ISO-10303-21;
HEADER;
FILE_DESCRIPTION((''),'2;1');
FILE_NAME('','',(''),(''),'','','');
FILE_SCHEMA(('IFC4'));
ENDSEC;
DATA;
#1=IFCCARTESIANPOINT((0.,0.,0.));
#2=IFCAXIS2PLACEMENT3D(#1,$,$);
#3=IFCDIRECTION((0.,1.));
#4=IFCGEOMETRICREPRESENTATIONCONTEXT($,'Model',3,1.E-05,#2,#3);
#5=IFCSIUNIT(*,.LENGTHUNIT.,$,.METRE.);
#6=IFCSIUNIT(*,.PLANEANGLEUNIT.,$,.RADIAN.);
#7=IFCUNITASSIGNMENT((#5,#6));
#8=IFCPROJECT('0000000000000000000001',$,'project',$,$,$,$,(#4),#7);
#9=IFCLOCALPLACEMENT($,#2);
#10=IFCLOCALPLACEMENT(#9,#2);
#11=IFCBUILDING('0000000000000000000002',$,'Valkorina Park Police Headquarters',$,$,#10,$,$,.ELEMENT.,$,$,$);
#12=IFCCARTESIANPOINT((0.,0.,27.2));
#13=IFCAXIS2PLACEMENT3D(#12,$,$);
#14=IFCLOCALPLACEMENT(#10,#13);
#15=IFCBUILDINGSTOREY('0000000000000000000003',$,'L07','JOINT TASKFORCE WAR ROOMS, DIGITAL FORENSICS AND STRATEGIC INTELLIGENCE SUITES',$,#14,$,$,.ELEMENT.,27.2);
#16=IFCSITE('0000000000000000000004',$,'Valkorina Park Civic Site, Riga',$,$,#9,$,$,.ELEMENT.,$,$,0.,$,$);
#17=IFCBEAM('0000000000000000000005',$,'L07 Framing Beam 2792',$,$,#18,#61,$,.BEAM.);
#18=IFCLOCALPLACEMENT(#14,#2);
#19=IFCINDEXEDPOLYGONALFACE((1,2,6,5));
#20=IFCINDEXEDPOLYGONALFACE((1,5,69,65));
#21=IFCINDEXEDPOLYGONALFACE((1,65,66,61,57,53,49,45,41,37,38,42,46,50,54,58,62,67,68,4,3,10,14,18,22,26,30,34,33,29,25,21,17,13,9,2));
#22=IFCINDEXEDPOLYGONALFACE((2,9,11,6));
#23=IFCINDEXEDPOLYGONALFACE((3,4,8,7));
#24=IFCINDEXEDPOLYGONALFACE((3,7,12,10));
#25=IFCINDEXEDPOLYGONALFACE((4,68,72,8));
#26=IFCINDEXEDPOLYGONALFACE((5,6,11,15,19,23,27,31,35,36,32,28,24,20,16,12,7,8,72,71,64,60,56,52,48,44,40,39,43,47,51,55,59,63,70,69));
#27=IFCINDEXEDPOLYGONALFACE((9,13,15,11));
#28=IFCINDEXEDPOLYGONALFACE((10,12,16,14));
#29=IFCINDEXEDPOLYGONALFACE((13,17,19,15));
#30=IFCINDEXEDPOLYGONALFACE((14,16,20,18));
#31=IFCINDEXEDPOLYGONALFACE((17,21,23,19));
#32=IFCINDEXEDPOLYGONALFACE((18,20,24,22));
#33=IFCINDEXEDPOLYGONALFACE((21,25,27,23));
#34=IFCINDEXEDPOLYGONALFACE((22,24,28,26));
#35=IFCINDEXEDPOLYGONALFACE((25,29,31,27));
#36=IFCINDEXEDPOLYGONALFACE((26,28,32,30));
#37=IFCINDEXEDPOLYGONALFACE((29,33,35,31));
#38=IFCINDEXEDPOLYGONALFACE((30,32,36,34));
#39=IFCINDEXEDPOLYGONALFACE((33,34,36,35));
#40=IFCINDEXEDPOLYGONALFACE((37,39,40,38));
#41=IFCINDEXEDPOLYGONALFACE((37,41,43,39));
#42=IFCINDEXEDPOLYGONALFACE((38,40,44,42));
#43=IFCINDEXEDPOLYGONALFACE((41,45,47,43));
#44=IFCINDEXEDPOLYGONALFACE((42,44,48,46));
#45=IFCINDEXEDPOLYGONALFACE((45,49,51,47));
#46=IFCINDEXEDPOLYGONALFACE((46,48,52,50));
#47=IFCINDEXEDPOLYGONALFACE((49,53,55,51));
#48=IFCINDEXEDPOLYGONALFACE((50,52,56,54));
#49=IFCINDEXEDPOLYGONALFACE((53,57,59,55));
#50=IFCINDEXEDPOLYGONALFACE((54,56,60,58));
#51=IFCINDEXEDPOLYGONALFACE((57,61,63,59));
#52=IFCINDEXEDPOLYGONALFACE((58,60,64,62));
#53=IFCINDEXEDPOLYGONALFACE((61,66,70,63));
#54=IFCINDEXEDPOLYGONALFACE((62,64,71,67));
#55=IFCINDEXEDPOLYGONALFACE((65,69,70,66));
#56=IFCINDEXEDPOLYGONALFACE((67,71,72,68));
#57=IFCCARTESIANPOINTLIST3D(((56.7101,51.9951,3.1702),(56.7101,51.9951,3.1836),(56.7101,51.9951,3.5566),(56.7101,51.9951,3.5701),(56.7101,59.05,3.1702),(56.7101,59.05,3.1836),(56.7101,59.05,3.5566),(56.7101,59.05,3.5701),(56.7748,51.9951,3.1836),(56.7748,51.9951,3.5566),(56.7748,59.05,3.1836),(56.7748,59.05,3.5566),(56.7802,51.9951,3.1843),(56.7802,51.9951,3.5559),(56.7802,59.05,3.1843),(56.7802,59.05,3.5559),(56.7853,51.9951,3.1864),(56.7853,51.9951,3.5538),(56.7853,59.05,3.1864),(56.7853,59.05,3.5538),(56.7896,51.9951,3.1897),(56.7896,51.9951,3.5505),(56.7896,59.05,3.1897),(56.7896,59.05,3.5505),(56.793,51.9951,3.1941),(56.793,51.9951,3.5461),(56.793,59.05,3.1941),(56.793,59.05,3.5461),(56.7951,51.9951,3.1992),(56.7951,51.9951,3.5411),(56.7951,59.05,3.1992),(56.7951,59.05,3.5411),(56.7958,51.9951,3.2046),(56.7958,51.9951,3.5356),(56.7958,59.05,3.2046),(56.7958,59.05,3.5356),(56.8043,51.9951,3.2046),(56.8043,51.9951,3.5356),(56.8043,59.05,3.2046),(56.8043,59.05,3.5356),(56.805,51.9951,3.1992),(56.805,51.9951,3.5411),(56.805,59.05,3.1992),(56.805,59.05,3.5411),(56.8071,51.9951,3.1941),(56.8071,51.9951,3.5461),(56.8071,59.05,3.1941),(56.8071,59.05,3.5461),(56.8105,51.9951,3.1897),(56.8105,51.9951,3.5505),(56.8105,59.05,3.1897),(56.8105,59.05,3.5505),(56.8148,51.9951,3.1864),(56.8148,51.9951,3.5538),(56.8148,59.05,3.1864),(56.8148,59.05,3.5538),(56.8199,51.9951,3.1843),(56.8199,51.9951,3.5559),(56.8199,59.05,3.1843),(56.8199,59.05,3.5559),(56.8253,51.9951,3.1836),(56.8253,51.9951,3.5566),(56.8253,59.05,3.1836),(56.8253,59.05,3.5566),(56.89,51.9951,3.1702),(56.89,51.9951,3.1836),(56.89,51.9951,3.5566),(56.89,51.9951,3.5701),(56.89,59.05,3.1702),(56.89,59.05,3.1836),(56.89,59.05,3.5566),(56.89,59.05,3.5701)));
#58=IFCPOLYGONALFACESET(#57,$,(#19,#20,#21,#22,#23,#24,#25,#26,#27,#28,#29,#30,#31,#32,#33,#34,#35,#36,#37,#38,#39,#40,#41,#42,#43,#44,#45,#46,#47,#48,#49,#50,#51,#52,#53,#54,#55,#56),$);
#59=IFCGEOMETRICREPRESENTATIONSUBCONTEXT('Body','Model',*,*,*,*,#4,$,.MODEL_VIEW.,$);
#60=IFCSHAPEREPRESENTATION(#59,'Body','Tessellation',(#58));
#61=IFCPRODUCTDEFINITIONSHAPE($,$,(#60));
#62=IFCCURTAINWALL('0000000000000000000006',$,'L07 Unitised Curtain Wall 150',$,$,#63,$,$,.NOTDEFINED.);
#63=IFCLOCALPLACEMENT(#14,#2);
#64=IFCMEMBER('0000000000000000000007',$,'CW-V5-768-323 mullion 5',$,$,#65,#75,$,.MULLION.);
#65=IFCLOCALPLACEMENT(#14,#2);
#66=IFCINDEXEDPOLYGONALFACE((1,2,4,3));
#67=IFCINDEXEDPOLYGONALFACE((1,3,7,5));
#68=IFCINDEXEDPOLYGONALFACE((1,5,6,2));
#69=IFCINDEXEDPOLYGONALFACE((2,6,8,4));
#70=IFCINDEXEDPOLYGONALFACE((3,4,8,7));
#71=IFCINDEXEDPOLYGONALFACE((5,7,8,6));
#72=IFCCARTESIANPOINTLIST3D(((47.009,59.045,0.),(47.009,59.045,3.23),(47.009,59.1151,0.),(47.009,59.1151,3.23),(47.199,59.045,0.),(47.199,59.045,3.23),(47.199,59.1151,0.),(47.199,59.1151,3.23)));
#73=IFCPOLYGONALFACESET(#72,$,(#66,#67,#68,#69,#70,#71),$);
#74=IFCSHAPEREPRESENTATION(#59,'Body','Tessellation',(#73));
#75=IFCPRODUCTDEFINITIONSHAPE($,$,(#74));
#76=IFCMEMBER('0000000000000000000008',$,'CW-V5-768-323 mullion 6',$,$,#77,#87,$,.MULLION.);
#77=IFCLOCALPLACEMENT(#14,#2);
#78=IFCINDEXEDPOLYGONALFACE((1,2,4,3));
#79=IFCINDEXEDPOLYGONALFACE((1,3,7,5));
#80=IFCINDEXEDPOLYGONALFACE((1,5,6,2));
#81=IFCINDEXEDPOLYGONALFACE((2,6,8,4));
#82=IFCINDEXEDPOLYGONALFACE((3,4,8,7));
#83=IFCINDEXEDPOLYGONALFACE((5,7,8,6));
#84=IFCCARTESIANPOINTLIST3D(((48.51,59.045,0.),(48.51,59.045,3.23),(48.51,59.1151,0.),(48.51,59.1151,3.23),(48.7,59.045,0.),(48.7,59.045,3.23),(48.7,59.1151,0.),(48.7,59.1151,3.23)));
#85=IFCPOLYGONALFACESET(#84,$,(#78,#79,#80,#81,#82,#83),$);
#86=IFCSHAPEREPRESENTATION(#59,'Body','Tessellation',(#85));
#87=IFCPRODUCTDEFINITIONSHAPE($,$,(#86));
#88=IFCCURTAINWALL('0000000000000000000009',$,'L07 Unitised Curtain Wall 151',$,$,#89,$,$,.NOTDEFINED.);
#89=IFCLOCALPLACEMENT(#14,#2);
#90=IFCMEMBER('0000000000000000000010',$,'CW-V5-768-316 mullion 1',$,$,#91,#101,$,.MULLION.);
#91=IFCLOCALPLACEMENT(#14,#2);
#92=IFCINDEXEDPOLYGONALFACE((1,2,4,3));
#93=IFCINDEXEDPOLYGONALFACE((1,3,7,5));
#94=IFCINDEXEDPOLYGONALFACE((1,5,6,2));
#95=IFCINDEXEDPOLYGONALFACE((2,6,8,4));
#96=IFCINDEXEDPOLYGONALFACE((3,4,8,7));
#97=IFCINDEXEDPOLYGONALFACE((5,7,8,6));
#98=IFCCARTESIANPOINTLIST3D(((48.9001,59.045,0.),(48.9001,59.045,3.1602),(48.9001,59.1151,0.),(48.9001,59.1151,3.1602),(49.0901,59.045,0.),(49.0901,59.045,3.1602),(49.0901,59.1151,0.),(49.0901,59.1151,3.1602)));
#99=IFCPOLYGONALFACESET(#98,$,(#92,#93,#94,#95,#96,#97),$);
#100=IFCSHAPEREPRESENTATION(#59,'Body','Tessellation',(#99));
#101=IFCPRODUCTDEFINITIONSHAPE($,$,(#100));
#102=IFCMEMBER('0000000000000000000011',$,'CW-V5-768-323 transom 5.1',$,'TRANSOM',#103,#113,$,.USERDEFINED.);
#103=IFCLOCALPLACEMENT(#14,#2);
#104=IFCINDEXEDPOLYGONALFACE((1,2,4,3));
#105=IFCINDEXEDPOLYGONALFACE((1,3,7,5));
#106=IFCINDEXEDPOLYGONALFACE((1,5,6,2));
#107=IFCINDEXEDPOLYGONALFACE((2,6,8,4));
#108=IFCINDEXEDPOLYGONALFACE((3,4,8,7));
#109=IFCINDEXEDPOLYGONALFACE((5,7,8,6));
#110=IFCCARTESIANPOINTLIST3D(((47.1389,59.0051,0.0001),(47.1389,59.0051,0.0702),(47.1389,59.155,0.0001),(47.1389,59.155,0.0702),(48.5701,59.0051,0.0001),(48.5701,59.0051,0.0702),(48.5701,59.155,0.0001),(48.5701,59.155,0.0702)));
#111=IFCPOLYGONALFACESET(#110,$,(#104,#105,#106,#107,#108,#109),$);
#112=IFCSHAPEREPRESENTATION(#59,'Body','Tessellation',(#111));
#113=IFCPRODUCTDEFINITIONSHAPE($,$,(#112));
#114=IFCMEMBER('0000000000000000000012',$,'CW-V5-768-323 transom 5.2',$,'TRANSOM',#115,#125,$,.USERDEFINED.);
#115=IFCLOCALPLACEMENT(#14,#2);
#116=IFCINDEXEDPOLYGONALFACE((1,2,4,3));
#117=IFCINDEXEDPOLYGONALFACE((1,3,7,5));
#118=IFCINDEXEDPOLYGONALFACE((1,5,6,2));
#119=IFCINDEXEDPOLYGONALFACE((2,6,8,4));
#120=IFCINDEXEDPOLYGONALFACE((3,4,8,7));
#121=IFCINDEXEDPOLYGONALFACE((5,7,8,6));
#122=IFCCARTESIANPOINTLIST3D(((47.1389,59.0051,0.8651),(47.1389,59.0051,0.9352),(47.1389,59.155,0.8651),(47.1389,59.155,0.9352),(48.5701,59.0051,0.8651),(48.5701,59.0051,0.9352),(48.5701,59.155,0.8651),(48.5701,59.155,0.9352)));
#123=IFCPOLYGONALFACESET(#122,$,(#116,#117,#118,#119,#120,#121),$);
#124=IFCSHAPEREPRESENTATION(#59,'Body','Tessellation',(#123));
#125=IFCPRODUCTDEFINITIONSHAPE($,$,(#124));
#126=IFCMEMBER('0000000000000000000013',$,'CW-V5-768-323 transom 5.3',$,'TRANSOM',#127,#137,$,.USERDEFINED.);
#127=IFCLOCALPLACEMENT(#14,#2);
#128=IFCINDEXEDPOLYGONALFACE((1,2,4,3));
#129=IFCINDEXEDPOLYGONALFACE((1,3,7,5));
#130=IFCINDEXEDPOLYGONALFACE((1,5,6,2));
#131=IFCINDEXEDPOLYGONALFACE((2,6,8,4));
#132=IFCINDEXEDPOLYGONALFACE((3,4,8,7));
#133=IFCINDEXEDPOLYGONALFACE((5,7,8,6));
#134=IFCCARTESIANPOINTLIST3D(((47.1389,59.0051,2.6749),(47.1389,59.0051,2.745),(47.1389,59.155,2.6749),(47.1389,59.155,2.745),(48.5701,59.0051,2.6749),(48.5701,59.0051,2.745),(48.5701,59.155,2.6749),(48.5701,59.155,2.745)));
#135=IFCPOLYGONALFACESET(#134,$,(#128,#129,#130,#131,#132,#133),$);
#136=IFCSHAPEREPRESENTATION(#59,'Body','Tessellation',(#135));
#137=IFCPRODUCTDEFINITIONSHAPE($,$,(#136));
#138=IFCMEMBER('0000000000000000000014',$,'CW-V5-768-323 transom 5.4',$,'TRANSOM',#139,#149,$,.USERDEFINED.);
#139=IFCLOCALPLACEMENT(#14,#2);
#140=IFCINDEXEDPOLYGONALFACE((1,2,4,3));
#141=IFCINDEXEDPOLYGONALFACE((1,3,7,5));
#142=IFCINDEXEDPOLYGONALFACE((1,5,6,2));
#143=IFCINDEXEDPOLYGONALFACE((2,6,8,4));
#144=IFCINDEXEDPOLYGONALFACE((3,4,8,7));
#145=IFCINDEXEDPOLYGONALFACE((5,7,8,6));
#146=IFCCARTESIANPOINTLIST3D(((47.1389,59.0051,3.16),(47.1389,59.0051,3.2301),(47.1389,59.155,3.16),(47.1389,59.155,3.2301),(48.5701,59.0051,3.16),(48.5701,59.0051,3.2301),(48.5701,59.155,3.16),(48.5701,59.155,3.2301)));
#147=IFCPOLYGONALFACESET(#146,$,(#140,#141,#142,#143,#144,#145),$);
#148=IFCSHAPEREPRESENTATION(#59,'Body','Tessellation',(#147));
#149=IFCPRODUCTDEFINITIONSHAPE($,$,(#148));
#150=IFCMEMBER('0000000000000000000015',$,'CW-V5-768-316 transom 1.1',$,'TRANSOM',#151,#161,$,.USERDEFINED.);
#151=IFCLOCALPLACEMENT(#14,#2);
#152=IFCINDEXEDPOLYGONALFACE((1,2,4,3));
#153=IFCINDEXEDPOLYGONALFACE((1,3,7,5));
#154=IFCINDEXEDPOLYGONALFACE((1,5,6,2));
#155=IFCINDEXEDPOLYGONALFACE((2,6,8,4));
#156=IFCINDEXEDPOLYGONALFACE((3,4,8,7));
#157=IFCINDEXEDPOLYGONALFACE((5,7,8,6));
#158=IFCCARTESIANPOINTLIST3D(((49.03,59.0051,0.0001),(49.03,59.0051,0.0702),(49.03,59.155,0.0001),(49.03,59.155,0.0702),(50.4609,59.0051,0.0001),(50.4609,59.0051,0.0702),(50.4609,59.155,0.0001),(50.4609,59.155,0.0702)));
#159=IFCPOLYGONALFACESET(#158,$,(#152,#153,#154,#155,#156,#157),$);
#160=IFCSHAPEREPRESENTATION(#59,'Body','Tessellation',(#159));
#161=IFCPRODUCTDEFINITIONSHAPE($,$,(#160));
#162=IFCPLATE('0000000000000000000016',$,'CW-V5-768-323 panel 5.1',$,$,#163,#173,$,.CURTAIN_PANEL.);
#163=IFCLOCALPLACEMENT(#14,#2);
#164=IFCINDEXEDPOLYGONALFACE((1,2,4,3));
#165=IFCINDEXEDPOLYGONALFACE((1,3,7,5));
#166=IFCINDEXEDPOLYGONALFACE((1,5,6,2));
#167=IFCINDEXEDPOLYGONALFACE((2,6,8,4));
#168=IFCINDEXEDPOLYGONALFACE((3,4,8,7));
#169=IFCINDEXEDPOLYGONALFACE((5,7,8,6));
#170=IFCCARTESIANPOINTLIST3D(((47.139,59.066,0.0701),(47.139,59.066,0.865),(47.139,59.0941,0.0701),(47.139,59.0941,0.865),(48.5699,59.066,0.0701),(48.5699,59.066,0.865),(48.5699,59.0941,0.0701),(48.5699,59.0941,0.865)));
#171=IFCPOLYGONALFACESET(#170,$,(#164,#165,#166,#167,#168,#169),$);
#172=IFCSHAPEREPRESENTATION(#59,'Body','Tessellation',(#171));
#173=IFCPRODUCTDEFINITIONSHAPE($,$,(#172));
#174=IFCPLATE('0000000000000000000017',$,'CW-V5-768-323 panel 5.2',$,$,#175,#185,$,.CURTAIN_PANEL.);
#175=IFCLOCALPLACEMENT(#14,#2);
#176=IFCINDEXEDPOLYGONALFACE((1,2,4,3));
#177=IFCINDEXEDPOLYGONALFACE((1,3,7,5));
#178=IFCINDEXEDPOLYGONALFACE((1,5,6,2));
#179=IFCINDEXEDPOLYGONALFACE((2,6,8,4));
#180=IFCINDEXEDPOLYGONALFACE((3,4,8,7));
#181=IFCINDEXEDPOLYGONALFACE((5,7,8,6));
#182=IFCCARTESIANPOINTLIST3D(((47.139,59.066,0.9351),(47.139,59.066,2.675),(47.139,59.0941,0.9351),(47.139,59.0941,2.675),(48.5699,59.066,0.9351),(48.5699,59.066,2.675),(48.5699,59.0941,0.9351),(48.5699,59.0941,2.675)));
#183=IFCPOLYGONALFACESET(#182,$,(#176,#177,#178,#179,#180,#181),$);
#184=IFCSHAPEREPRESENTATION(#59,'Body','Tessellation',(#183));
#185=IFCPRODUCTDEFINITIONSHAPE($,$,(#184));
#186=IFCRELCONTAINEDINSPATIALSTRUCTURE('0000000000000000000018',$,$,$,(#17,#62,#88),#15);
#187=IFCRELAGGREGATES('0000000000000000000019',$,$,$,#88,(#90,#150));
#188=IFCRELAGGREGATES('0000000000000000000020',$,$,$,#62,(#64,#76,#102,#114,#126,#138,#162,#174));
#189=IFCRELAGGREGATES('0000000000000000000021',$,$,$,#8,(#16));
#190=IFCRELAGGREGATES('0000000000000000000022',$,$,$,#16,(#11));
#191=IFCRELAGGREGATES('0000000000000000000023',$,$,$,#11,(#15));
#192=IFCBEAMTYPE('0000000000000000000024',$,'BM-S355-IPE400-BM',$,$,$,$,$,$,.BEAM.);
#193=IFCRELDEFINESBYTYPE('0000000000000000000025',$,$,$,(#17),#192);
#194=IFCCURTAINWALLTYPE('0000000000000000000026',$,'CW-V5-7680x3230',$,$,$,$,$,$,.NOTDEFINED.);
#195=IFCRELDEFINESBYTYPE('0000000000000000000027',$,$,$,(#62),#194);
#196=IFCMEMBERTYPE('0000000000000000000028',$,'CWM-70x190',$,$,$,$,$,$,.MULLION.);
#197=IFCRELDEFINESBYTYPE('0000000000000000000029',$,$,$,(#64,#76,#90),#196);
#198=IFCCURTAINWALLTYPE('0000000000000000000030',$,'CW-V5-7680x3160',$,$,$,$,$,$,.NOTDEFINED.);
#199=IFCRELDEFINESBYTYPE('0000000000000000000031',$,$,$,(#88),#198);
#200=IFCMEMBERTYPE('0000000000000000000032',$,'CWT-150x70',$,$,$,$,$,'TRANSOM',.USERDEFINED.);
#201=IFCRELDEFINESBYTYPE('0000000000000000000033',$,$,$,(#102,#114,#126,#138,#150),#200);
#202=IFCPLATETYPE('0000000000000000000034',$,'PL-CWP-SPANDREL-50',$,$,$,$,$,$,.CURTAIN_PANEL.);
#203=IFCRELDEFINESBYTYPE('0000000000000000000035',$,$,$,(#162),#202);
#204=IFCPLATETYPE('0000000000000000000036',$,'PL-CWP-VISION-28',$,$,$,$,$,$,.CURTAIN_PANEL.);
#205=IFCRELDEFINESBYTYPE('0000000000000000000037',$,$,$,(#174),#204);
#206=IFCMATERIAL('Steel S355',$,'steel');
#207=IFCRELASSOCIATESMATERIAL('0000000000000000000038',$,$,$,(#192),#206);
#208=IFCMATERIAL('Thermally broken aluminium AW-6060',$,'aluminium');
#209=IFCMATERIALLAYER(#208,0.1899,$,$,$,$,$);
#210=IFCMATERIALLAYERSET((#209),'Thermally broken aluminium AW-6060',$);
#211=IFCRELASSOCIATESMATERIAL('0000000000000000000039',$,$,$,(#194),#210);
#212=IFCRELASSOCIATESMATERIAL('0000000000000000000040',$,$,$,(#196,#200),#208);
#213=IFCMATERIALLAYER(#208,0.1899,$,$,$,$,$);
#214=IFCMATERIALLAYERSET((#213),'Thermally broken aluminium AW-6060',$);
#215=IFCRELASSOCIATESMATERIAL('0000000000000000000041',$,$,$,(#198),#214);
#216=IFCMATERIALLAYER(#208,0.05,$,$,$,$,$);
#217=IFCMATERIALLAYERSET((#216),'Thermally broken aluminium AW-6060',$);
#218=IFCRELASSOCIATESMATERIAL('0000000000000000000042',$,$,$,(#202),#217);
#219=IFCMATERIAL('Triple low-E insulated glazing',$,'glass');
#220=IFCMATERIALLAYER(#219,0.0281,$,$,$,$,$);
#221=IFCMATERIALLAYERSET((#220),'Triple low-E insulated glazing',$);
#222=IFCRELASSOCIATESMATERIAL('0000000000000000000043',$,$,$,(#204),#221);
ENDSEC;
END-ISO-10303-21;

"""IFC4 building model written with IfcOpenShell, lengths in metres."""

from ifc_helpers import new_model, si_unit, direction, frame, origin, origin_2d, place, context, subcontext, project, spatial, rectangle, i_section, extrude, material, layer, layer_set, material_profile, profile_set, type_object, element, aggregate, save


model = new_model("IFC4")

# Units and contexts
model_context = context("Model", 3, precision=1e-05, world=origin(), true_north=direction((0.0, 1.0)))
body_context = subcontext(model_context, "Body", "Model", "MODEL_VIEW")
ifc_project = project(units=[si_unit("LENGTHUNIT", "METRE"), si_unit("PLANEANGLEUNIT", "RADIAN")], contexts=[model_context])

# Site, building, storey
site_placement = place(None, origin())
site = spatial("IfcSite", under=ifc_project, at=site_placement, Name="Valkorina Park Civic Site, Riga", CompositionType="ELEMENT", RefElevation=0.0)
building_placement = place(site_placement, origin())
building = spatial("IfcBuilding", under=site, at=building_placement, Name="Valkorina Park Police Headquarters", CompositionType="ELEMENT")
storey_placement = place(building_placement, frame((0.0, 0.0, 27.2)))
storey = spatial("IfcBuildingStorey", under=building, at=storey_placement, Name="L07", Description="JOINT TASKFORCE WAR ROOMS, DIGITAL FORENSICS AND STRATEGIC INTELLIGENCE SUITES", CompositionType="ELEMENT", Elevation=27.2)

# Shared definitions
ifc_material_1 = material(Name="Steel S355", Category="steel")

# Beam
ifc_material_profile_1 = material_profile(ifc_material_1, i_section(OverallWidth=0.1799, OverallDepth=0.3999, WebThickness=0.0085, FlangeThickness=0.0134, FilletRadius=0.021, at=origin_2d()), Name="IPE 400")
ifc_profile_set_1 = profile_set([ifc_material_profile_1], Name="Steel S355")
beam_type_1 = type_object("IfcBeamType", Name="BM-S355-IPE400-BM", PredefinedType="BEAM", material=ifc_profile_set_1)
beam_1_placement = place(storey_placement, frame((56.8, 51.9951, 3.3701), z_axis=(0.0, 1.0, 0.0), x_axis=(-1.0, 0.0, 0.0)))
element("IfcBeam", 1, at=beam_1_placement, inside=storey, type_object=beam_type_1, Name="L07 Framing Beam 2792", PredefinedType="BEAM", context=body_context, shape_type="SweptSolid", body=[
    extrude(i_section(OverallWidth=0.1799, OverallDepth=0.3999, WebThickness=0.0085, FlangeThickness=0.0134, FilletRadius=0.021, at=origin_2d()), origin(), (0.0, 0.0, 1.0), 7.0549),
])

# Curtain wall, members
ifc_material_2 = material(Name="Thermally broken aluminium AW-6060", Category="aluminium")
ifc_layer_1 = layer(ifc_material_2, 0.1899)
ifc_layer_set_1 = layer_set([ifc_layer_1], Name="Thermally broken aluminium AW-6060")
curtain_wall_type_1 = type_object("IfcCurtainWallType", Name="CW-V5-7680x3230", PredefinedType="NOTDEFINED", material=ifc_layer_set_1)
curtain_wall_1_placement = place(storey_placement, origin())
curtain_wall_1 = element("IfcCurtainWall", 2, at=curtain_wall_1_placement, inside=storey, type_object=curtain_wall_type_1, Name="L07 Unitised Curtain Wall 150", PredefinedType="NOTDEFINED")
ifc_material_profile_2 = material_profile(ifc_material_2, rectangle(XDim=0.0701, YDim=0.1899, at=origin_2d()), Name="CWM-02 70x190")
ifc_profile_set_2 = profile_set([ifc_material_profile_2], Name="Thermally broken aluminium AW-6060")
member_type_1 = type_object("IfcMemberType", Name="CWM-70x190", PredefinedType="MULLION", material=ifc_profile_set_2)
member_1_placement = place(storey_placement, frame((47.104, 59.0801, 0.0), z_axis=(0.0, 0.0, 1.0), x_axis=(0.0, 1.0, 0.0)))
member_1 = element("IfcMember", 3, at=member_1_placement, type_object=member_type_1, Name="CW-V5-768-323 mullion 5", PredefinedType="MULLION", context=body_context, shape_type="SweptSolid", body=[
    extrude(rectangle(XDim=0.0701, YDim=0.1899, at=origin_2d()), origin(), (0.0, 0.0, 1.0), 3.23),
])
member_2_placement = place(storey_placement, frame((48.605, 59.0801, 0.0), z_axis=(0.0, 0.0, 1.0), x_axis=(0.0, 1.0, 0.0)))
member_2 = element("IfcMember", 4, at=member_2_placement, type_object=member_type_1, Name="CW-V5-768-323 mullion 6", PredefinedType="MULLION", context=body_context, shape_type="SweptSolid", body=[
    extrude(rectangle(XDim=0.0701, YDim=0.1899, at=origin_2d()), origin(), (0.0, 0.0, 1.0), 3.23),
])

# Curtain wall, member
ifc_layer_2 = layer(ifc_material_2, 0.1899)
ifc_layer_set_2 = layer_set([ifc_layer_2], Name="Thermally broken aluminium AW-6060")
curtain_wall_type_2 = type_object("IfcCurtainWallType", Name="CW-V5-7680x3160", PredefinedType="NOTDEFINED", material=ifc_layer_set_2)
curtain_wall_2_placement = place(storey_placement, origin())
curtain_wall_2 = element("IfcCurtainWall", 5, at=curtain_wall_2_placement, inside=storey, type_object=curtain_wall_type_2, Name="L07 Unitised Curtain Wall 151", PredefinedType="NOTDEFINED")
member_3_placement = place(storey_placement, frame((48.9951, 59.0801, 0.0), z_axis=(0.0, 0.0, 1.0), x_axis=(0.0, 1.0, 0.0)))
member_3 = element("IfcMember", 6, at=member_3_placement, type_object=member_type_1, Name="CW-V5-768-316 mullion 1", PredefinedType="MULLION", context=body_context, shape_type="SweptSolid", body=[
    extrude(rectangle(XDim=0.0701, YDim=0.1899, at=origin_2d()), origin(), (0.0, 0.0, 1.0), 3.1602),
])

# Members
ifc_material_profile_3 = material_profile(ifc_material_2, rectangle(XDim=0.1499, YDim=0.0701, at=origin_2d()), Name="CWT-02 150x70")
ifc_profile_set_3 = profile_set([ifc_material_profile_3], Name="Thermally broken aluminium AW-6060")
member_type_2 = type_object("IfcMemberType", Name="CWT-150x70", ElementType="TRANSOM", PredefinedType="USERDEFINED", material=ifc_profile_set_3)
member_4_placement = place(storey_placement, frame((47.1389, 59.0801, 0.0352), z_axis=(1.0, 0.0, 0.0), x_axis=(0.0, 1.0, 0.0)))
member_4 = element("IfcMember", 7, at=member_4_placement, type_object=member_type_2, Name="CW-V5-768-323 transom 5.1", ObjectType="TRANSOM", PredefinedType="USERDEFINED", context=body_context, shape_type="SweptSolid", body=[
    extrude(rectangle(XDim=0.1499, YDim=0.0701, at=origin_2d()), origin(), (0.0, 0.0, 1.0), 1.4312),
])
member_5_placement = place(storey_placement, frame((47.1389, 59.0801, 0.9001), z_axis=(1.0, 0.0, 0.0), x_axis=(0.0, 1.0, 0.0)))
member_5 = element("IfcMember", 8, at=member_5_placement, type_object=member_type_2, Name="CW-V5-768-323 transom 5.2", ObjectType="TRANSOM", PredefinedType="USERDEFINED", context=body_context, shape_type="SweptSolid", body=[
    extrude(rectangle(XDim=0.1499, YDim=0.0701, at=origin_2d()), origin(), (0.0, 0.0, 1.0), 1.4312),
])
member_6_placement = place(storey_placement, frame((47.1389, 59.0801, 2.71), z_axis=(1.0, 0.0, 0.0), x_axis=(0.0, 1.0, 0.0)))
member_6 = element("IfcMember", 9, at=member_6_placement, type_object=member_type_2, Name="CW-V5-768-323 transom 5.3", ObjectType="TRANSOM", PredefinedType="USERDEFINED", context=body_context, shape_type="SweptSolid", body=[
    extrude(rectangle(XDim=0.1499, YDim=0.0701, at=origin_2d()), origin(), (0.0, 0.0, 1.0), 1.4312),
])
member_7_placement = place(storey_placement, frame((47.1389, 59.0801, 3.1951), z_axis=(1.0, 0.0, 0.0), x_axis=(0.0, 1.0, 0.0)))
member_7 = element("IfcMember", 10, at=member_7_placement, type_object=member_type_2, Name="CW-V5-768-323 transom 5.4", ObjectType="TRANSOM", PredefinedType="USERDEFINED", context=body_context, shape_type="SweptSolid", body=[
    extrude(rectangle(XDim=0.1499, YDim=0.0701, at=origin_2d()), origin(), (0.0, 0.0, 1.0), 1.4312),
])
member_8_placement = place(storey_placement, frame((49.03, 59.0801, 0.0352), z_axis=(1.0, 0.0, 0.0), x_axis=(0.0, 1.0, 0.0)))
member_8 = element("IfcMember", 11, at=member_8_placement, type_object=member_type_2, Name="CW-V5-768-316 transom 1.1", ObjectType="TRANSOM", PredefinedType="USERDEFINED", context=body_context, shape_type="SweptSolid", body=[
    extrude(rectangle(XDim=0.1499, YDim=0.0701, at=origin_2d()), origin(), (0.0, 0.0, 1.0), 1.4309),
])
aggregate(curtain_wall_2, [member_3, member_8])

# Plates
ifc_layer_3 = layer(ifc_material_2, 0.05)
ifc_layer_set_3 = layer_set([ifc_layer_3], Name="Thermally broken aluminium AW-6060")
plate_type_1 = type_object("IfcPlateType", Name="PL-CWP-SPANDREL-50", PredefinedType="CURTAIN_PANEL", material=ifc_layer_set_3)
plate_1_placement = place(storey_placement, frame((47.8545, 59.0801, 0.0701), z_axis=(0.0, 0.0, 1.0), x_axis=(1.0, 0.0, 0.0)))
plate_1 = element("IfcPlate", 12, at=plate_1_placement, type_object=plate_type_1, Name="CW-V5-768-323 panel 5.1", PredefinedType="CURTAIN_PANEL", context=body_context, shape_type="SweptSolid", body=[
    extrude(rectangle(XDim=1.4309, YDim=0.0281, at=origin_2d()), origin(), (0.0, 0.0, 1.0), 0.7949),
])
ifc_material_3 = material(Name="Triple low-E insulated glazing", Category="glass")
ifc_layer_4 = layer(ifc_material_3, 0.0281)
ifc_layer_set_4 = layer_set([ifc_layer_4], Name="Triple low-E insulated glazing")
plate_type_2 = type_object("IfcPlateType", Name="PL-CWP-VISION-28", PredefinedType="CURTAIN_PANEL", material=ifc_layer_set_4)
plate_2_placement = place(storey_placement, frame((47.8545, 59.0801, 0.9351), z_axis=(0.0, 0.0, 1.0), x_axis=(1.0, 0.0, 0.0)))
plate_2 = element("IfcPlate", 13, at=plate_2_placement, type_object=plate_type_2, Name="CW-V5-768-323 panel 5.2", PredefinedType="CURTAIN_PANEL", context=body_context, shape_type="SweptSolid", body=[
    extrude(rectangle(XDim=1.4309, YDim=0.0281, at=origin_2d()), origin(), (0.0, 0.0, 1.0), 1.74),
])
aggregate(curtain_wall_1, [member_1, member_2, member_4, member_5, member_6, member_7, plate_1, plate_2])

save(model, "model.ifc")
